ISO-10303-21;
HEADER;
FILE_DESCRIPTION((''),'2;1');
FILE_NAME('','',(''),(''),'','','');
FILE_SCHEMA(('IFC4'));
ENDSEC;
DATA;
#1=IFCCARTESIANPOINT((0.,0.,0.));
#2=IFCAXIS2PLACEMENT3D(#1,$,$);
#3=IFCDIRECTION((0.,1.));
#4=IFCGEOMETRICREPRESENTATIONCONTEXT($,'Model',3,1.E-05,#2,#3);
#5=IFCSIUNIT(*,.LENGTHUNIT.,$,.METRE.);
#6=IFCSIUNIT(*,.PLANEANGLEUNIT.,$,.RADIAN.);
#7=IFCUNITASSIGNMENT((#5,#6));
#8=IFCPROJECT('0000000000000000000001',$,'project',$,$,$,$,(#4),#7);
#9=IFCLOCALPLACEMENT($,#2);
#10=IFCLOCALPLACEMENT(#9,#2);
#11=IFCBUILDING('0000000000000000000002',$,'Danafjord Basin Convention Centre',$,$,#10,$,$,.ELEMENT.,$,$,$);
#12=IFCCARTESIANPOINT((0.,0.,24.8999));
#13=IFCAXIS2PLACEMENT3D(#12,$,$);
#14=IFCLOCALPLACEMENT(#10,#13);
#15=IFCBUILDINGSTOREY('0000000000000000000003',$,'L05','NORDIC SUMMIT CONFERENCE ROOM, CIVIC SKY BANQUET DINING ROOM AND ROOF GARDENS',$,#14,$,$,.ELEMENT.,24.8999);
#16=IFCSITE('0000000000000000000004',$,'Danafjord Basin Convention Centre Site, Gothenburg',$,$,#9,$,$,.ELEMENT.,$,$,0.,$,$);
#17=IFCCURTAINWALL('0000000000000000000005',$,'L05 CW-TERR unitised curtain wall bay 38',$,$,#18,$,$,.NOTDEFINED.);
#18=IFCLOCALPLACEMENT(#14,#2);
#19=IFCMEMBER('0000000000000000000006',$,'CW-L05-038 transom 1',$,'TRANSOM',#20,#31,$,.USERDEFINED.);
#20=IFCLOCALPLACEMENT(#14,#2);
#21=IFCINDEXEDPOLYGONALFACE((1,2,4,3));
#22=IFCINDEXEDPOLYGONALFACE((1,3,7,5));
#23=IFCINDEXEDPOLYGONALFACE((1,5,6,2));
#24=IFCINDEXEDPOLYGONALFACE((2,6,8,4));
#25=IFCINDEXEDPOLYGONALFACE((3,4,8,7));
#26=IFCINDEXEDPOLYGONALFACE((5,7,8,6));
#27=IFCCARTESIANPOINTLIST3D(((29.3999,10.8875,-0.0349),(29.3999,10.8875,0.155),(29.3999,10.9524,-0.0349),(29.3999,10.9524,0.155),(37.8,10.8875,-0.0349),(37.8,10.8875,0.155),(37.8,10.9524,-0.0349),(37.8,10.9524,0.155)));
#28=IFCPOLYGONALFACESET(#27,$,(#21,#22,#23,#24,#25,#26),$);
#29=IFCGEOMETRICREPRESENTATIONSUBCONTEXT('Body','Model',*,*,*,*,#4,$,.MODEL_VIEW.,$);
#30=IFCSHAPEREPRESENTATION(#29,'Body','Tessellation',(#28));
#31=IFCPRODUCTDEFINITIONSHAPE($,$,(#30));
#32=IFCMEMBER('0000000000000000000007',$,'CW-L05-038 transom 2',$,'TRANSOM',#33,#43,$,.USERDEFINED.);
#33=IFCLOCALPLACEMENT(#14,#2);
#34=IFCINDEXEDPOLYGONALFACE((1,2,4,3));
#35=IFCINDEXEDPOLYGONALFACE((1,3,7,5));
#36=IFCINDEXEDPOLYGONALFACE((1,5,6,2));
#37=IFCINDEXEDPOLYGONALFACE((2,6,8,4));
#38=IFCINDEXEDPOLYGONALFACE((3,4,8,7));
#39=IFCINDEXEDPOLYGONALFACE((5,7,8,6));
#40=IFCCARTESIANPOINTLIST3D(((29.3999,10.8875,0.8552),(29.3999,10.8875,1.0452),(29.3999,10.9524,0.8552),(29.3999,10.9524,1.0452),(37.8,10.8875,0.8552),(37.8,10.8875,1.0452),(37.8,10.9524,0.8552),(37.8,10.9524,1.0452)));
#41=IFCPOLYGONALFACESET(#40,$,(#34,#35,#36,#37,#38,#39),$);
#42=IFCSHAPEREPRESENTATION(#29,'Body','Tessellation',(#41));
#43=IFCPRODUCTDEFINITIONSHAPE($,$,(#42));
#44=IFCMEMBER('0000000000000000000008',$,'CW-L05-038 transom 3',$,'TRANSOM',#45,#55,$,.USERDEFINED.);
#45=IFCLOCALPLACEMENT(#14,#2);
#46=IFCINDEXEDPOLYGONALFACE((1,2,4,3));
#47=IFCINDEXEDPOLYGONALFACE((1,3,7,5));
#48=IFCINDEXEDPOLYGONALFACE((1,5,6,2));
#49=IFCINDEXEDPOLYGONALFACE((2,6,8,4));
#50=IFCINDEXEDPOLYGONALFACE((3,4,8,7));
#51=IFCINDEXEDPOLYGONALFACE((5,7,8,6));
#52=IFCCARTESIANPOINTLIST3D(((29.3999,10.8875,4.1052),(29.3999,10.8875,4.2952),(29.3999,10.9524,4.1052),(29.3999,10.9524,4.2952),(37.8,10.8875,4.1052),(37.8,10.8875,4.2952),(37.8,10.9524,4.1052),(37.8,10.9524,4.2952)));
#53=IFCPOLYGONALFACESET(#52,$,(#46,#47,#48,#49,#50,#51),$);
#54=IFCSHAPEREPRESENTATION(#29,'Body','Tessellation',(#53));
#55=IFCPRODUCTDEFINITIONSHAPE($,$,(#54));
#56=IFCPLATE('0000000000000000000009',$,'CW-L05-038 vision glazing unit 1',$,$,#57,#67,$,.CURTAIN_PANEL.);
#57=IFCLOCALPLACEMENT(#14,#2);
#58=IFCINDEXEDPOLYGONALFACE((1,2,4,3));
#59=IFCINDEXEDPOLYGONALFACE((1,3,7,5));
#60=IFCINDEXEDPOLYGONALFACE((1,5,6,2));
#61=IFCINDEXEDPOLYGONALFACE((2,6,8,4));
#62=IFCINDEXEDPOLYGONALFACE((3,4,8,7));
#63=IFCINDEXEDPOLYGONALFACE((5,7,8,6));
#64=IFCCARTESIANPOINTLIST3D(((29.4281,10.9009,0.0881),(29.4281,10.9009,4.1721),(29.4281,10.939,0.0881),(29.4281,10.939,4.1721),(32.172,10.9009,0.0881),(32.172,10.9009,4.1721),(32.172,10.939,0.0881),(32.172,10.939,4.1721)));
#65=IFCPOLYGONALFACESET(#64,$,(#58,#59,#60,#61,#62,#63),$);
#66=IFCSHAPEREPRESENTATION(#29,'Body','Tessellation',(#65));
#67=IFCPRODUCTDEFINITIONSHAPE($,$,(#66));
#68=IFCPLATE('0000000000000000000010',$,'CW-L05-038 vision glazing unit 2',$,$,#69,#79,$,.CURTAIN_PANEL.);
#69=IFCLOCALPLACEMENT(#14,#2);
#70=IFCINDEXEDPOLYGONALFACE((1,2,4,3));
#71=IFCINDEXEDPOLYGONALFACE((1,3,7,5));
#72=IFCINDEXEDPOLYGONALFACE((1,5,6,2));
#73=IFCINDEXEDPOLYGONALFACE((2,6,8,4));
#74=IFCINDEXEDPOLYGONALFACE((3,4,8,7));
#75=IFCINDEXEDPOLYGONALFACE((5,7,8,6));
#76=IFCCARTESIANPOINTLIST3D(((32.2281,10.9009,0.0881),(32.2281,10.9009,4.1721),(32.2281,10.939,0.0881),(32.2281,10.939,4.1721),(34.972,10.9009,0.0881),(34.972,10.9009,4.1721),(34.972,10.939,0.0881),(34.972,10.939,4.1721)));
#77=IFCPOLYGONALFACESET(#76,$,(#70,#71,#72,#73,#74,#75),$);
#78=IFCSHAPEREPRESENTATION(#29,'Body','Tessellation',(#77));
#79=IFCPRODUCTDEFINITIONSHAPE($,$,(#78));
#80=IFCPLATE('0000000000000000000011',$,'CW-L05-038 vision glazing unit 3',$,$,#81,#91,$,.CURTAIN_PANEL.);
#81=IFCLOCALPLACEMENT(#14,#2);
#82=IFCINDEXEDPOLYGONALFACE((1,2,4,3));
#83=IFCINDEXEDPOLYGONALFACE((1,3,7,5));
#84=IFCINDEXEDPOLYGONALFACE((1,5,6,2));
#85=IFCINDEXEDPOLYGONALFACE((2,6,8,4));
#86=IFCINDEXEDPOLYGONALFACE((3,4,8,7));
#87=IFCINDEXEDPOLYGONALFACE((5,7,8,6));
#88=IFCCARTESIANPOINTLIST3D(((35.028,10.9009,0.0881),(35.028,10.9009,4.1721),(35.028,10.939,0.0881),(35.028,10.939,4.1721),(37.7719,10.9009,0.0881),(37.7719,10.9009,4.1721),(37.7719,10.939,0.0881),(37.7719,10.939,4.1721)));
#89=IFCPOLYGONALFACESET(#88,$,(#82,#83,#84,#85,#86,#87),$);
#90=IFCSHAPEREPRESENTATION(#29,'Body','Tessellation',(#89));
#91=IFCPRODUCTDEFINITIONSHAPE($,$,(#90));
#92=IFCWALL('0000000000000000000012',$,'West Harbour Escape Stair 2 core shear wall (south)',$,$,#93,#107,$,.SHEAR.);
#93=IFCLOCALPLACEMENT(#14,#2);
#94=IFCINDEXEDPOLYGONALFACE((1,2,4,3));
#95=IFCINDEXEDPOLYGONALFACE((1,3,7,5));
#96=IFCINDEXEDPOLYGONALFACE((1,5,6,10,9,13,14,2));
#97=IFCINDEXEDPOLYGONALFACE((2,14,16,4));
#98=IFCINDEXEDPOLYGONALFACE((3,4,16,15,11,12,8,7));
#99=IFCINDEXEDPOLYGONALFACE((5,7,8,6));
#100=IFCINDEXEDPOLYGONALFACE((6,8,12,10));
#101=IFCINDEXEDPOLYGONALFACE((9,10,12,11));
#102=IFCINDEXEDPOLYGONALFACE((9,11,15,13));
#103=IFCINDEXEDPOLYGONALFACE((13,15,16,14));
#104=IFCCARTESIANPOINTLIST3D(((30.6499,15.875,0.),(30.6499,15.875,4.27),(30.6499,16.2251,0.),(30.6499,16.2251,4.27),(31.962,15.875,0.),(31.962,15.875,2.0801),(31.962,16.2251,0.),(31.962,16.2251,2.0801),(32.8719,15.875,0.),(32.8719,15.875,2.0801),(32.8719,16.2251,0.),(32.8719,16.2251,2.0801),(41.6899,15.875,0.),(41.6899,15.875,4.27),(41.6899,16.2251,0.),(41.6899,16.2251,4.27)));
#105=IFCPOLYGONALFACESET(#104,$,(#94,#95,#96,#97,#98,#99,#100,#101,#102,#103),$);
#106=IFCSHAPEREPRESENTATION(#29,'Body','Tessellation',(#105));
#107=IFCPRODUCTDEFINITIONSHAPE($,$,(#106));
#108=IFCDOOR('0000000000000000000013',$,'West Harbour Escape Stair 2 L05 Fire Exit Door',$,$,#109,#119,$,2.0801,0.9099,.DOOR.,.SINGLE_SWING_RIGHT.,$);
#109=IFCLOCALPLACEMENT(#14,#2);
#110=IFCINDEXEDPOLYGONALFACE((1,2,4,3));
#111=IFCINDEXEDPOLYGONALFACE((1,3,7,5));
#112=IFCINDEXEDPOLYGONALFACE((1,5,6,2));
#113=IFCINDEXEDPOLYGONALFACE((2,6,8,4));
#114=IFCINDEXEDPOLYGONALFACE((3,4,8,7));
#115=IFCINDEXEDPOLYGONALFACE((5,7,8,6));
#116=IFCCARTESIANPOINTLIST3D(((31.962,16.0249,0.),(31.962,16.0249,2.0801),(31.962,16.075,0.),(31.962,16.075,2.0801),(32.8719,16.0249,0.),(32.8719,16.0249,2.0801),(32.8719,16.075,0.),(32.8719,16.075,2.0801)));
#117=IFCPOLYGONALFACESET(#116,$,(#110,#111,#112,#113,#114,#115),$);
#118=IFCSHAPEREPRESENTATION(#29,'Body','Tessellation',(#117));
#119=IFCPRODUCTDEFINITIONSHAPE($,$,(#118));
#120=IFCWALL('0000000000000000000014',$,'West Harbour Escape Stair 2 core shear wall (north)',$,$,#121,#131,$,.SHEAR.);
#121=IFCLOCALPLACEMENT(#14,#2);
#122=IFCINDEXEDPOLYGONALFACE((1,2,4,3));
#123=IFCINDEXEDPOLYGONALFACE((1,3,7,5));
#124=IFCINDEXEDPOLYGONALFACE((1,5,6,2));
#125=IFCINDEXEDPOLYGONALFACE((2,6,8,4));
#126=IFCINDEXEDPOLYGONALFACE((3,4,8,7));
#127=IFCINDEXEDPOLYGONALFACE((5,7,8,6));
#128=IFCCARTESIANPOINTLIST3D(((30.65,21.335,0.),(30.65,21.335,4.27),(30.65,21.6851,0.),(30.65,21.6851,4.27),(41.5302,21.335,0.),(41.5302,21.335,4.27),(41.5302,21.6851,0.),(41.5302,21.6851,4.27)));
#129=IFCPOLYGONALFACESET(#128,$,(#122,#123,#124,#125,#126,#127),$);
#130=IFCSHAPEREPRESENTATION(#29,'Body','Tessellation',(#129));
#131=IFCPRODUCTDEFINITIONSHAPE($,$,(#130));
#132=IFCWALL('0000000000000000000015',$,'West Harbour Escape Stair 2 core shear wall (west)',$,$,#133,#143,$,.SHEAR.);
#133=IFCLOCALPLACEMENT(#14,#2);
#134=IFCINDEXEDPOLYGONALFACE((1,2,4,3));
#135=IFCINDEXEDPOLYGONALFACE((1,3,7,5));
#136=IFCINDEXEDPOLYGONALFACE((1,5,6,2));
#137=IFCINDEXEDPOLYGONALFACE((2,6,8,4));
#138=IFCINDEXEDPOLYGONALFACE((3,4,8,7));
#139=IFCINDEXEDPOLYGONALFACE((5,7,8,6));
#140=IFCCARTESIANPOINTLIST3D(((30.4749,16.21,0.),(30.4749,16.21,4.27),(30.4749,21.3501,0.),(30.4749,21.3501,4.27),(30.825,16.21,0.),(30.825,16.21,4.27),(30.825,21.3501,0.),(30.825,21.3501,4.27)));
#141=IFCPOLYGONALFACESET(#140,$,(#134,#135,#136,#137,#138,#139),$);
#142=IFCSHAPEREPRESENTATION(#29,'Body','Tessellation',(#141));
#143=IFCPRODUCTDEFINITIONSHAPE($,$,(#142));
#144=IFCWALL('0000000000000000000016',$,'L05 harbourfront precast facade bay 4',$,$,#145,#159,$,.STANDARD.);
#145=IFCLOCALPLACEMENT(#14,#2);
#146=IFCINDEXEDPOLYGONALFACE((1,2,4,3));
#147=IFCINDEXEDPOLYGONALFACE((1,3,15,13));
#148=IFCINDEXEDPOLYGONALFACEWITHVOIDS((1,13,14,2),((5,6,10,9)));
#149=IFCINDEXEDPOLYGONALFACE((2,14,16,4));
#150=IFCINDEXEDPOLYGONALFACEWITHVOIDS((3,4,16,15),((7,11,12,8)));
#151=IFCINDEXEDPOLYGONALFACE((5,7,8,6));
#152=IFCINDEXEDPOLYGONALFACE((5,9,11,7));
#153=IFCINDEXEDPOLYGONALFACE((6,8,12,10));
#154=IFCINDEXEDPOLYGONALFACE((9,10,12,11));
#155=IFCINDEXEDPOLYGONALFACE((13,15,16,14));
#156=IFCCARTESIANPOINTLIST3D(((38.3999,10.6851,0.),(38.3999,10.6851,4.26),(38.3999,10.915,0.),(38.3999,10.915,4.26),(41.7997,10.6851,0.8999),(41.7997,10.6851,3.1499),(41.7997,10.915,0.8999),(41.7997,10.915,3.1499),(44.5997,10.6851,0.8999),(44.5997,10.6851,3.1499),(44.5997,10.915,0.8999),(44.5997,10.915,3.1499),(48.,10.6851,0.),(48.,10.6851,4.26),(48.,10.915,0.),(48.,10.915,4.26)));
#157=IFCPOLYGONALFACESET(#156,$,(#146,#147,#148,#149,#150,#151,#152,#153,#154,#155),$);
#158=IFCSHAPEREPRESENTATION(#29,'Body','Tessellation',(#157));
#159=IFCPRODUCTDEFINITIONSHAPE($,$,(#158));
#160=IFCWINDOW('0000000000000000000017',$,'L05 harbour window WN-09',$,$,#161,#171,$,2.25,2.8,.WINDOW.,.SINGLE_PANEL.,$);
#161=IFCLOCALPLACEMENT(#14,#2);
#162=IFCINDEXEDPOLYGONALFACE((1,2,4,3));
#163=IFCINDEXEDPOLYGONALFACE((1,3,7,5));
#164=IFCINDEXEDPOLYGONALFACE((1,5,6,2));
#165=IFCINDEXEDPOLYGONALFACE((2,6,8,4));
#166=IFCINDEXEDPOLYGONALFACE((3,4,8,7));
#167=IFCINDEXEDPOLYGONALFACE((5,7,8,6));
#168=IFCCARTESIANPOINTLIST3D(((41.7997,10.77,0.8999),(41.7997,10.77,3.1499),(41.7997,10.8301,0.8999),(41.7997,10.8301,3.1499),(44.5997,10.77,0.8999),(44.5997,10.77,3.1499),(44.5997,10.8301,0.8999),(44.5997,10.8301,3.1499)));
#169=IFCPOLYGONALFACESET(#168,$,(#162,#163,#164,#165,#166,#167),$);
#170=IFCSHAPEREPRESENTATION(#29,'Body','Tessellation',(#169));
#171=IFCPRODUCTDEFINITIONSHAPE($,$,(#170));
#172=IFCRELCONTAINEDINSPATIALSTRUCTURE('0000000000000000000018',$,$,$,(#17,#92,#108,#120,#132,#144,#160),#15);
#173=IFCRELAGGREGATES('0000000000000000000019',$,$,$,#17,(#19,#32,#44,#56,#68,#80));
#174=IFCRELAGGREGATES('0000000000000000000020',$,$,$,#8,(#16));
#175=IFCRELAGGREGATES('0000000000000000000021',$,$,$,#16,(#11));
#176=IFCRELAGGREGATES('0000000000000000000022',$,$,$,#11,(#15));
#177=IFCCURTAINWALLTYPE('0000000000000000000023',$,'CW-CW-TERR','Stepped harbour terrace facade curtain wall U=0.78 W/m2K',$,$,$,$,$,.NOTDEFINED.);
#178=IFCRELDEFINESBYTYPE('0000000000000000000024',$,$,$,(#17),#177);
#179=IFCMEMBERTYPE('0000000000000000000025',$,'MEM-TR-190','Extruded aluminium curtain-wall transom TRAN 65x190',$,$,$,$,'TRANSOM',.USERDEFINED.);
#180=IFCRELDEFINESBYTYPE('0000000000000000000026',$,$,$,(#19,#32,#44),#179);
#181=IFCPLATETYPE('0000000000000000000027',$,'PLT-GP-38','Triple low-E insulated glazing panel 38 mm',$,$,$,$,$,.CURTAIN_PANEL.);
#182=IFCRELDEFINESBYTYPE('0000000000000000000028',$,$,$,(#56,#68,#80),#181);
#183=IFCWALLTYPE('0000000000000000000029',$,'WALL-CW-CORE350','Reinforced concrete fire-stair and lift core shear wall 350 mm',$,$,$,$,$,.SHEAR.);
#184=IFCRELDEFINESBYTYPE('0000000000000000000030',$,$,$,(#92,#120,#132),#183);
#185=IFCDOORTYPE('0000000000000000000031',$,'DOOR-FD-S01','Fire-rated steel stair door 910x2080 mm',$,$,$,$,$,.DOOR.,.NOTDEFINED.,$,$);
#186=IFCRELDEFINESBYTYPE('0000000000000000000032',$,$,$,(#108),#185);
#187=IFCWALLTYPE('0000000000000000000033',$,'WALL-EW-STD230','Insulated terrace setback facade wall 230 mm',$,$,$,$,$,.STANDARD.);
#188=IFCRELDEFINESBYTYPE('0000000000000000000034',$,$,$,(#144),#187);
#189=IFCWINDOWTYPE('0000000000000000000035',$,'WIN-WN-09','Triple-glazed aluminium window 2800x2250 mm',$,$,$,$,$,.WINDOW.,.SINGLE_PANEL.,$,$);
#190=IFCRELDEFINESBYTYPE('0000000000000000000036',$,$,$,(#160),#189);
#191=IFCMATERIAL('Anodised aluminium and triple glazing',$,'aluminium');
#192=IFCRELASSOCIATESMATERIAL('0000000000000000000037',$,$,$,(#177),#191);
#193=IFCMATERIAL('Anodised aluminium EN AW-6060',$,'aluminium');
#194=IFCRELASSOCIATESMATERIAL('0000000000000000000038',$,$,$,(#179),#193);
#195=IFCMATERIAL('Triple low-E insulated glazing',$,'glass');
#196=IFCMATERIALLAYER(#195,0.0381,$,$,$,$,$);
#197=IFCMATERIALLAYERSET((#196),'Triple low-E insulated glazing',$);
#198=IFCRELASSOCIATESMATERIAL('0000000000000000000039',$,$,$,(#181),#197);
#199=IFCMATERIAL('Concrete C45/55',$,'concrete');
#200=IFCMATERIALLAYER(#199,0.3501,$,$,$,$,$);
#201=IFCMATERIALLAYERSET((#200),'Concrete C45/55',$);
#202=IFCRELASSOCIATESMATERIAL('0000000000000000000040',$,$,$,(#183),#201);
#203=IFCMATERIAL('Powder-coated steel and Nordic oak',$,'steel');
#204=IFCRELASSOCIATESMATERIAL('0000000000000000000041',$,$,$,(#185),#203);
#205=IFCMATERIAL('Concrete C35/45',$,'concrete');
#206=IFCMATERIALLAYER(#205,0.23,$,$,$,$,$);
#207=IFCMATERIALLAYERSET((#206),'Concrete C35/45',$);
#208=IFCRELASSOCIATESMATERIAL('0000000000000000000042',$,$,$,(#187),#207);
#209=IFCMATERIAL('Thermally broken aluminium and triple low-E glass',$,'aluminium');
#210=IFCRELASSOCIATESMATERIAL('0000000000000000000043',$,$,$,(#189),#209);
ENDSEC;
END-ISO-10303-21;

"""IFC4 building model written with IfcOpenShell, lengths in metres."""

from ifc_helpers import new_model, si_unit, direction, frame, frame_2d, origin, origin_2d, place, context, subcontext, project, spatial, rectangle, extrude, material, layer, layer_set, material_profile, profile_set, type_object, element, fill, aggregate, save


model = new_model("IFC4")

# Units and contexts
model_context = context("Model", 3, precision=1e-05, world=origin(), true_north=direction((0.0, 1.0)))
body_context = subcontext(model_context, "Body", "Model", "MODEL_VIEW")
ifc_project = project(units=[si_unit("LENGTHUNIT", "METRE"), si_unit("PLANEANGLEUNIT", "RADIAN")], contexts=[model_context])

# Site, building, storey
site_placement = place(None, origin())
site = spatial("IfcSite", under=ifc_project, at=site_placement, Name="Danafjord Basin Convention Centre Site, Gothenburg", CompositionType="ELEMENT", RefElevation=0.0)
building_placement = place(site_placement, origin())
building = spatial("IfcBuilding", under=site, at=building_placement, Name="Danafjord Basin Convention Centre", CompositionType="ELEMENT")
storey_placement = place(building_placement, frame((0.0, 0.0, 24.8999)))
storey = spatial("IfcBuildingStorey", under=building, at=storey_placement, Name="L05", Description="NORDIC SUMMIT CONFERENCE ROOM, CIVIC SKY BANQUET DINING ROOM AND ROOF GARDENS", CompositionType="ELEMENT", Elevation=24.8999)

# Curtain wall, members, plates
ifc_material_1 = material(Name="Anodised aluminium and triple glazing", Category="aluminium")
curtain_wall_type = type_object("IfcCurtainWallType", Name="CW-CW-TERR", Description="Stepped harbour terrace facade curtain wall U=0.78 W/m2K", PredefinedType="NOTDEFINED", material=ifc_material_1)
curtain_wall_placement = place(storey_placement, origin())
curtain_wall = element("IfcCurtainWall", 1, at=curtain_wall_placement, inside=storey, type_object=curtain_wall_type, Name="L05 CW-TERR unitised curtain wall bay 38", PredefinedType="NOTDEFINED")
ifc_material_2 = material(Name="Anodised aluminium EN AW-6060", Category="aluminium")
ifc_material_profile_1 = material_profile(ifc_material_2, rectangle(XDim=0.0649, YDim=0.1899, at=origin_2d()), Name="TRAN 65x190")
ifc_profile_set_1 = profile_set([ifc_material_profile_1], Name="Anodised aluminium EN AW-6060")
member_type_1 = type_object("IfcMemberType", Name="MEM-TR-190", Description="Extruded aluminium curtain-wall transom TRAN 65x190", ElementType="TRANSOM", PredefinedType="USERDEFINED", material=ifc_profile_set_1)
member_1_placement = place(storey_placement, frame((29.3999, 10.9199, 0.0601), z_axis=(1.0, 0.0, 0.0), x_axis=(0.0, 1.0, 0.0)))
member_1 = element("IfcMember", 2, at=member_1_placement, type_object=member_type_1, Name="CW-L05-038 transom 1", ObjectType="TRANSOM", PredefinedType="USERDEFINED", context=body_context, shape_type="SweptSolid", body=[
    extrude(rectangle(XDim=0.0649, YDim=0.1899, at=origin_2d()), origin(), (0.0, 0.0, 1.0), 8.4001),
])
member_2_placement = place(storey_placement, frame((29.3999, 10.9199, 0.9502), z_axis=(1.0, 0.0, 0.0), x_axis=(0.0, 1.0, 0.0)))
member_2 = element("IfcMember", 3, at=member_2_placement, type_object=member_type_1, Name="CW-L05-038 transom 2", ObjectType="TRANSOM", PredefinedType="USERDEFINED", context=body_context, shape_type="SweptSolid", body=[
    extrude(rectangle(XDim=0.0649, YDim=0.1899, at=origin_2d()), origin(), (0.0, 0.0, 1.0), 8.4001),
])
member_3_placement = place(storey_placement, frame((29.3999, 10.9199, 4.2002), z_axis=(1.0, 0.0, 0.0), x_axis=(0.0, 1.0, 0.0)))
member_3 = element("IfcMember", 4, at=member_3_placement, type_object=member_type_1, Name="CW-L05-038 transom 3", ObjectType="TRANSOM", PredefinedType="USERDEFINED", context=body_context, shape_type="SweptSolid", body=[
    extrude(rectangle(XDim=0.0649, YDim=0.1899, at=origin_2d()), origin(), (0.0, 0.0, 1.0), 8.4001),
])
ifc_material_3 = material(Name="Triple low-E insulated glazing", Category="glass")
ifc_layer_1 = layer(ifc_material_3, 0.0381)
ifc_layer_set_1 = layer_set([ifc_layer_1], Name="Triple low-E insulated glazing")
plate_type = type_object("IfcPlateType", Name="PLT-GP-38", Description="Triple low-E insulated glazing panel 38 mm", PredefinedType="CURTAIN_PANEL", material=ifc_layer_set_1)
plate_1_placement = place(storey_placement, frame((30.8, 10.9199, 0.0881), z_axis=(0.0, 0.0, 1.0), x_axis=(1.0, 0.0, 0.0)))
plate_1 = element("IfcPlate", 5, at=plate_1_placement, type_object=plate_type, Name="CW-L05-038 vision glazing unit 1", PredefinedType="CURTAIN_PANEL", context=body_context, shape_type="SweptSolid", body=[
    extrude(rectangle(XDim=2.7439, YDim=0.0381, at=origin_2d()), origin(), (0.0, 0.0, 1.0), 4.084),
])
plate_2_placement = place(storey_placement, frame((33.6001, 10.9199, 0.0881), z_axis=(0.0, 0.0, 1.0), x_axis=(1.0, 0.0, 0.0)))
plate_2 = element("IfcPlate", 6, at=plate_2_placement, type_object=plate_type, Name="CW-L05-038 vision glazing unit 2", PredefinedType="CURTAIN_PANEL", context=body_context, shape_type="SweptSolid", body=[
    extrude(rectangle(XDim=2.7439, YDim=0.0381, at=origin_2d()), origin(), (0.0, 0.0, 1.0), 4.084),
])
plate_3_placement = place(storey_placement, frame((36.3999, 10.9199, 0.0881), z_axis=(0.0, 0.0, 1.0), x_axis=(1.0, 0.0, 0.0)))
plate_3 = element("IfcPlate", 7, at=plate_3_placement, type_object=plate_type, Name="CW-L05-038 vision glazing unit 3", PredefinedType="CURTAIN_PANEL", context=body_context, shape_type="SweptSolid", body=[
    extrude(rectangle(XDim=2.7439, YDim=0.0381, at=origin_2d()), origin(), (0.0, 0.0, 1.0), 4.084),
])
aggregate(curtain_wall, [member_1, member_2, member_3, plate_1, plate_2, plate_3])

# Wall, opening, door
ifc_material_4 = material(Name="Concrete C45/55", Category="concrete")
ifc_layer_2 = layer(ifc_material_4, 0.3501)
ifc_layer_set_2 = layer_set([ifc_layer_2], Name="Concrete C45/55")
wall_type_1 = type_object("IfcWallType", Name="WALL-CW-CORE350", Description="Reinforced concrete fire-stair and lift core shear wall 350 mm", PredefinedType="SHEAR", material=ifc_layer_set_2)
wall_1_placement = place(storey_placement, frame((30.6499, 16.05, 0.0), z_axis=(0.0, 0.0, 1.0), x_axis=(1.0, 0.0, 0.0)))
wall_1 = element("IfcWall", 8, at=wall_1_placement, inside=storey, type_object=wall_type_1, Name="West Harbour Escape Stair 2 core shear wall (south)", PredefinedType="SHEAR", context=body_context, shape_type="SweptSolid", body=[
    extrude(rectangle(XDim=11.04, YDim=0.3501, at=frame_2d((5.52, 0.0))), origin(), (0.0, 0.0, 1.0), 4.27),
])
opening_1_placement = place(wall_1_placement, frame((1.312, 0.0, 0.0)))
opening_1 = element("IfcOpeningElement", 9, at=opening_1_placement, cuts=wall_1, PredefinedType="OPENING", context=body_context, shape_type="SweptSolid", body=[
    extrude(rectangle(XDim=0.9099, YDim=2.0801, at=frame_2d((0.4551, 1.04))), frame((0.0, 0.1851, 0.0), z_axis=(0.0, -1.0, 0.0), x_axis=(1.0, 0.0, 0.0)), (0.0, 0.0, 1.0), 0.3701),
])
ifc_material_5 = material(Name="Powder-coated steel and Nordic oak", Category="steel")
door_type = type_object("IfcDoorType", Name="DOOR-FD-S01", Description="Fire-rated steel stair door 910x2080 mm", OperationType="NOTDEFINED", PredefinedType="DOOR", material=ifc_material_5)
door_placement = place(opening_1_placement, origin())
door = element("IfcDoor", 10, at=door_placement, inside=storey, type_object=door_type, Name="West Harbour Escape Stair 2 L05 Fire Exit Door", OperationType="SINGLE_SWING_RIGHT", OverallHeight=2.0801, OverallWidth=0.9099, PredefinedType="DOOR", context=body_context, shape_type="SweptSolid", body=[
    extrude(rectangle(XDim=0.9099, YDim=2.0801, at=frame_2d((0.4551, 1.04))), frame((0.0, 0.0249, 0.0), z_axis=(0.0, -1.0, 0.0), x_axis=(1.0, 0.0, 0.0)), (0.0, 0.0, 1.0), 0.05),
])
fill(opening_1, door)

# Walls
wall_2_placement = place(storey_placement, frame((41.53, 21.51, 0.0), z_axis=(0.0, 0.0, 1.0), x_axis=(-1.0, 0.0, 0.0)))
element("IfcWall", 11, at=wall_2_placement, inside=storey, type_object=wall_type_1, Name="West Harbour Escape Stair 2 core shear wall (north)", PredefinedType="SHEAR", context=body_context, shape_type="SweptSolid", body=[
    extrude(rectangle(XDim=10.8801, YDim=0.3501, at=frame_2d((5.4399, 0.0))), origin(), (0.0, 0.0, 1.0), 4.27),
])
wall_3_placement = place(storey_placement, frame((30.6499, 21.3501, 0.0), z_axis=(0.0, 0.0, 1.0), x_axis=(0.0, -1.0, 0.0)))
element("IfcWall", 12, at=wall_3_placement, inside=storey, type_object=wall_type_1, Name="West Harbour Escape Stair 2 core shear wall (west)", PredefinedType="SHEAR", context=body_context, shape_type="SweptSolid", body=[
    extrude(rectangle(XDim=5.1401, YDim=0.3501, at=frame_2d((2.5701, 0.0))), origin(), (0.0, 0.0, 1.0), 4.27),
])

# Wall, opening, window
ifc_material_6 = material(Name="Concrete C35/45", Category="concrete")
ifc_layer_3 = layer(ifc_material_6, 0.23)
ifc_layer_set_3 = layer_set([ifc_layer_3], Name="Concrete C35/45")
wall_type_2 = type_object("IfcWallType", Name="WALL-EW-STD230", Description="Insulated terrace setback facade wall 230 mm", PredefinedType="STANDARD", material=ifc_layer_set_3)
wall_4_placement = place(storey_placement, frame((38.3999, 10.8, 0.0), z_axis=(0.0, 0.0, 1.0), x_axis=(1.0, 0.0, 0.0)))
wall_4 = element("IfcWall", 13, at=wall_4_placement, inside=storey, type_object=wall_type_2, Name="L05 harbourfront precast facade bay 4", PredefinedType="STANDARD", context=body_context, shape_type="SweptSolid", body=[
    extrude(rectangle(XDim=9.6001, YDim=0.23, at=frame_2d((4.8, 0.0))), origin(), (0.0, 0.0, 1.0), 4.26),
])
opening_2_placement = place(wall_4_placement, frame((3.3999, 0.0, 0.8999)))
opening_2 = element("IfcOpeningElement", 14, at=opening_2_placement, cuts=wall_4, PredefinedType="OPENING", context=body_context, shape_type="SweptSolid", body=[
    extrude(rectangle(XDim=2.8, YDim=2.25, at=frame_2d((1.3999, 1.125))), frame((0.0, 0.125, 0.0), z_axis=(0.0, -1.0, 0.0), x_axis=(1.0, 0.0, 0.0)), (0.0, 0.0, 1.0), 0.25),
])
ifc_material_7 = material(Name="Thermally broken aluminium and triple low-E glass", Category="aluminium")
window_type = type_object("IfcWindowType", Name="WIN-WN-09", Description="Triple-glazed aluminium window 2800x2250 mm", PartitioningType="SINGLE_PANEL", PredefinedType="WINDOW", material=ifc_material_7)
window_placement = place(opening_2_placement, origin())
window = element("IfcWindow", 15, at=window_placement, inside=storey, type_object=window_type, Name="L05 harbour window WN-09", OverallHeight=2.25, OverallWidth=2.8, PartitioningType="SINGLE_PANEL", PredefinedType="WINDOW", context=body_context, shape_type="SweptSolid", body=[
    extrude(rectangle(XDim=2.8, YDim=2.25, at=frame_2d((1.3999, 1.125))), frame((0.0, 0.03, 0.0), z_axis=(0.0, -1.0, 0.0), x_axis=(1.0, 0.0, 0.0)), (0.0, 0.0, 1.0), 0.0601),
])
fill(opening_2, window)

save(model, "model.ifc")
